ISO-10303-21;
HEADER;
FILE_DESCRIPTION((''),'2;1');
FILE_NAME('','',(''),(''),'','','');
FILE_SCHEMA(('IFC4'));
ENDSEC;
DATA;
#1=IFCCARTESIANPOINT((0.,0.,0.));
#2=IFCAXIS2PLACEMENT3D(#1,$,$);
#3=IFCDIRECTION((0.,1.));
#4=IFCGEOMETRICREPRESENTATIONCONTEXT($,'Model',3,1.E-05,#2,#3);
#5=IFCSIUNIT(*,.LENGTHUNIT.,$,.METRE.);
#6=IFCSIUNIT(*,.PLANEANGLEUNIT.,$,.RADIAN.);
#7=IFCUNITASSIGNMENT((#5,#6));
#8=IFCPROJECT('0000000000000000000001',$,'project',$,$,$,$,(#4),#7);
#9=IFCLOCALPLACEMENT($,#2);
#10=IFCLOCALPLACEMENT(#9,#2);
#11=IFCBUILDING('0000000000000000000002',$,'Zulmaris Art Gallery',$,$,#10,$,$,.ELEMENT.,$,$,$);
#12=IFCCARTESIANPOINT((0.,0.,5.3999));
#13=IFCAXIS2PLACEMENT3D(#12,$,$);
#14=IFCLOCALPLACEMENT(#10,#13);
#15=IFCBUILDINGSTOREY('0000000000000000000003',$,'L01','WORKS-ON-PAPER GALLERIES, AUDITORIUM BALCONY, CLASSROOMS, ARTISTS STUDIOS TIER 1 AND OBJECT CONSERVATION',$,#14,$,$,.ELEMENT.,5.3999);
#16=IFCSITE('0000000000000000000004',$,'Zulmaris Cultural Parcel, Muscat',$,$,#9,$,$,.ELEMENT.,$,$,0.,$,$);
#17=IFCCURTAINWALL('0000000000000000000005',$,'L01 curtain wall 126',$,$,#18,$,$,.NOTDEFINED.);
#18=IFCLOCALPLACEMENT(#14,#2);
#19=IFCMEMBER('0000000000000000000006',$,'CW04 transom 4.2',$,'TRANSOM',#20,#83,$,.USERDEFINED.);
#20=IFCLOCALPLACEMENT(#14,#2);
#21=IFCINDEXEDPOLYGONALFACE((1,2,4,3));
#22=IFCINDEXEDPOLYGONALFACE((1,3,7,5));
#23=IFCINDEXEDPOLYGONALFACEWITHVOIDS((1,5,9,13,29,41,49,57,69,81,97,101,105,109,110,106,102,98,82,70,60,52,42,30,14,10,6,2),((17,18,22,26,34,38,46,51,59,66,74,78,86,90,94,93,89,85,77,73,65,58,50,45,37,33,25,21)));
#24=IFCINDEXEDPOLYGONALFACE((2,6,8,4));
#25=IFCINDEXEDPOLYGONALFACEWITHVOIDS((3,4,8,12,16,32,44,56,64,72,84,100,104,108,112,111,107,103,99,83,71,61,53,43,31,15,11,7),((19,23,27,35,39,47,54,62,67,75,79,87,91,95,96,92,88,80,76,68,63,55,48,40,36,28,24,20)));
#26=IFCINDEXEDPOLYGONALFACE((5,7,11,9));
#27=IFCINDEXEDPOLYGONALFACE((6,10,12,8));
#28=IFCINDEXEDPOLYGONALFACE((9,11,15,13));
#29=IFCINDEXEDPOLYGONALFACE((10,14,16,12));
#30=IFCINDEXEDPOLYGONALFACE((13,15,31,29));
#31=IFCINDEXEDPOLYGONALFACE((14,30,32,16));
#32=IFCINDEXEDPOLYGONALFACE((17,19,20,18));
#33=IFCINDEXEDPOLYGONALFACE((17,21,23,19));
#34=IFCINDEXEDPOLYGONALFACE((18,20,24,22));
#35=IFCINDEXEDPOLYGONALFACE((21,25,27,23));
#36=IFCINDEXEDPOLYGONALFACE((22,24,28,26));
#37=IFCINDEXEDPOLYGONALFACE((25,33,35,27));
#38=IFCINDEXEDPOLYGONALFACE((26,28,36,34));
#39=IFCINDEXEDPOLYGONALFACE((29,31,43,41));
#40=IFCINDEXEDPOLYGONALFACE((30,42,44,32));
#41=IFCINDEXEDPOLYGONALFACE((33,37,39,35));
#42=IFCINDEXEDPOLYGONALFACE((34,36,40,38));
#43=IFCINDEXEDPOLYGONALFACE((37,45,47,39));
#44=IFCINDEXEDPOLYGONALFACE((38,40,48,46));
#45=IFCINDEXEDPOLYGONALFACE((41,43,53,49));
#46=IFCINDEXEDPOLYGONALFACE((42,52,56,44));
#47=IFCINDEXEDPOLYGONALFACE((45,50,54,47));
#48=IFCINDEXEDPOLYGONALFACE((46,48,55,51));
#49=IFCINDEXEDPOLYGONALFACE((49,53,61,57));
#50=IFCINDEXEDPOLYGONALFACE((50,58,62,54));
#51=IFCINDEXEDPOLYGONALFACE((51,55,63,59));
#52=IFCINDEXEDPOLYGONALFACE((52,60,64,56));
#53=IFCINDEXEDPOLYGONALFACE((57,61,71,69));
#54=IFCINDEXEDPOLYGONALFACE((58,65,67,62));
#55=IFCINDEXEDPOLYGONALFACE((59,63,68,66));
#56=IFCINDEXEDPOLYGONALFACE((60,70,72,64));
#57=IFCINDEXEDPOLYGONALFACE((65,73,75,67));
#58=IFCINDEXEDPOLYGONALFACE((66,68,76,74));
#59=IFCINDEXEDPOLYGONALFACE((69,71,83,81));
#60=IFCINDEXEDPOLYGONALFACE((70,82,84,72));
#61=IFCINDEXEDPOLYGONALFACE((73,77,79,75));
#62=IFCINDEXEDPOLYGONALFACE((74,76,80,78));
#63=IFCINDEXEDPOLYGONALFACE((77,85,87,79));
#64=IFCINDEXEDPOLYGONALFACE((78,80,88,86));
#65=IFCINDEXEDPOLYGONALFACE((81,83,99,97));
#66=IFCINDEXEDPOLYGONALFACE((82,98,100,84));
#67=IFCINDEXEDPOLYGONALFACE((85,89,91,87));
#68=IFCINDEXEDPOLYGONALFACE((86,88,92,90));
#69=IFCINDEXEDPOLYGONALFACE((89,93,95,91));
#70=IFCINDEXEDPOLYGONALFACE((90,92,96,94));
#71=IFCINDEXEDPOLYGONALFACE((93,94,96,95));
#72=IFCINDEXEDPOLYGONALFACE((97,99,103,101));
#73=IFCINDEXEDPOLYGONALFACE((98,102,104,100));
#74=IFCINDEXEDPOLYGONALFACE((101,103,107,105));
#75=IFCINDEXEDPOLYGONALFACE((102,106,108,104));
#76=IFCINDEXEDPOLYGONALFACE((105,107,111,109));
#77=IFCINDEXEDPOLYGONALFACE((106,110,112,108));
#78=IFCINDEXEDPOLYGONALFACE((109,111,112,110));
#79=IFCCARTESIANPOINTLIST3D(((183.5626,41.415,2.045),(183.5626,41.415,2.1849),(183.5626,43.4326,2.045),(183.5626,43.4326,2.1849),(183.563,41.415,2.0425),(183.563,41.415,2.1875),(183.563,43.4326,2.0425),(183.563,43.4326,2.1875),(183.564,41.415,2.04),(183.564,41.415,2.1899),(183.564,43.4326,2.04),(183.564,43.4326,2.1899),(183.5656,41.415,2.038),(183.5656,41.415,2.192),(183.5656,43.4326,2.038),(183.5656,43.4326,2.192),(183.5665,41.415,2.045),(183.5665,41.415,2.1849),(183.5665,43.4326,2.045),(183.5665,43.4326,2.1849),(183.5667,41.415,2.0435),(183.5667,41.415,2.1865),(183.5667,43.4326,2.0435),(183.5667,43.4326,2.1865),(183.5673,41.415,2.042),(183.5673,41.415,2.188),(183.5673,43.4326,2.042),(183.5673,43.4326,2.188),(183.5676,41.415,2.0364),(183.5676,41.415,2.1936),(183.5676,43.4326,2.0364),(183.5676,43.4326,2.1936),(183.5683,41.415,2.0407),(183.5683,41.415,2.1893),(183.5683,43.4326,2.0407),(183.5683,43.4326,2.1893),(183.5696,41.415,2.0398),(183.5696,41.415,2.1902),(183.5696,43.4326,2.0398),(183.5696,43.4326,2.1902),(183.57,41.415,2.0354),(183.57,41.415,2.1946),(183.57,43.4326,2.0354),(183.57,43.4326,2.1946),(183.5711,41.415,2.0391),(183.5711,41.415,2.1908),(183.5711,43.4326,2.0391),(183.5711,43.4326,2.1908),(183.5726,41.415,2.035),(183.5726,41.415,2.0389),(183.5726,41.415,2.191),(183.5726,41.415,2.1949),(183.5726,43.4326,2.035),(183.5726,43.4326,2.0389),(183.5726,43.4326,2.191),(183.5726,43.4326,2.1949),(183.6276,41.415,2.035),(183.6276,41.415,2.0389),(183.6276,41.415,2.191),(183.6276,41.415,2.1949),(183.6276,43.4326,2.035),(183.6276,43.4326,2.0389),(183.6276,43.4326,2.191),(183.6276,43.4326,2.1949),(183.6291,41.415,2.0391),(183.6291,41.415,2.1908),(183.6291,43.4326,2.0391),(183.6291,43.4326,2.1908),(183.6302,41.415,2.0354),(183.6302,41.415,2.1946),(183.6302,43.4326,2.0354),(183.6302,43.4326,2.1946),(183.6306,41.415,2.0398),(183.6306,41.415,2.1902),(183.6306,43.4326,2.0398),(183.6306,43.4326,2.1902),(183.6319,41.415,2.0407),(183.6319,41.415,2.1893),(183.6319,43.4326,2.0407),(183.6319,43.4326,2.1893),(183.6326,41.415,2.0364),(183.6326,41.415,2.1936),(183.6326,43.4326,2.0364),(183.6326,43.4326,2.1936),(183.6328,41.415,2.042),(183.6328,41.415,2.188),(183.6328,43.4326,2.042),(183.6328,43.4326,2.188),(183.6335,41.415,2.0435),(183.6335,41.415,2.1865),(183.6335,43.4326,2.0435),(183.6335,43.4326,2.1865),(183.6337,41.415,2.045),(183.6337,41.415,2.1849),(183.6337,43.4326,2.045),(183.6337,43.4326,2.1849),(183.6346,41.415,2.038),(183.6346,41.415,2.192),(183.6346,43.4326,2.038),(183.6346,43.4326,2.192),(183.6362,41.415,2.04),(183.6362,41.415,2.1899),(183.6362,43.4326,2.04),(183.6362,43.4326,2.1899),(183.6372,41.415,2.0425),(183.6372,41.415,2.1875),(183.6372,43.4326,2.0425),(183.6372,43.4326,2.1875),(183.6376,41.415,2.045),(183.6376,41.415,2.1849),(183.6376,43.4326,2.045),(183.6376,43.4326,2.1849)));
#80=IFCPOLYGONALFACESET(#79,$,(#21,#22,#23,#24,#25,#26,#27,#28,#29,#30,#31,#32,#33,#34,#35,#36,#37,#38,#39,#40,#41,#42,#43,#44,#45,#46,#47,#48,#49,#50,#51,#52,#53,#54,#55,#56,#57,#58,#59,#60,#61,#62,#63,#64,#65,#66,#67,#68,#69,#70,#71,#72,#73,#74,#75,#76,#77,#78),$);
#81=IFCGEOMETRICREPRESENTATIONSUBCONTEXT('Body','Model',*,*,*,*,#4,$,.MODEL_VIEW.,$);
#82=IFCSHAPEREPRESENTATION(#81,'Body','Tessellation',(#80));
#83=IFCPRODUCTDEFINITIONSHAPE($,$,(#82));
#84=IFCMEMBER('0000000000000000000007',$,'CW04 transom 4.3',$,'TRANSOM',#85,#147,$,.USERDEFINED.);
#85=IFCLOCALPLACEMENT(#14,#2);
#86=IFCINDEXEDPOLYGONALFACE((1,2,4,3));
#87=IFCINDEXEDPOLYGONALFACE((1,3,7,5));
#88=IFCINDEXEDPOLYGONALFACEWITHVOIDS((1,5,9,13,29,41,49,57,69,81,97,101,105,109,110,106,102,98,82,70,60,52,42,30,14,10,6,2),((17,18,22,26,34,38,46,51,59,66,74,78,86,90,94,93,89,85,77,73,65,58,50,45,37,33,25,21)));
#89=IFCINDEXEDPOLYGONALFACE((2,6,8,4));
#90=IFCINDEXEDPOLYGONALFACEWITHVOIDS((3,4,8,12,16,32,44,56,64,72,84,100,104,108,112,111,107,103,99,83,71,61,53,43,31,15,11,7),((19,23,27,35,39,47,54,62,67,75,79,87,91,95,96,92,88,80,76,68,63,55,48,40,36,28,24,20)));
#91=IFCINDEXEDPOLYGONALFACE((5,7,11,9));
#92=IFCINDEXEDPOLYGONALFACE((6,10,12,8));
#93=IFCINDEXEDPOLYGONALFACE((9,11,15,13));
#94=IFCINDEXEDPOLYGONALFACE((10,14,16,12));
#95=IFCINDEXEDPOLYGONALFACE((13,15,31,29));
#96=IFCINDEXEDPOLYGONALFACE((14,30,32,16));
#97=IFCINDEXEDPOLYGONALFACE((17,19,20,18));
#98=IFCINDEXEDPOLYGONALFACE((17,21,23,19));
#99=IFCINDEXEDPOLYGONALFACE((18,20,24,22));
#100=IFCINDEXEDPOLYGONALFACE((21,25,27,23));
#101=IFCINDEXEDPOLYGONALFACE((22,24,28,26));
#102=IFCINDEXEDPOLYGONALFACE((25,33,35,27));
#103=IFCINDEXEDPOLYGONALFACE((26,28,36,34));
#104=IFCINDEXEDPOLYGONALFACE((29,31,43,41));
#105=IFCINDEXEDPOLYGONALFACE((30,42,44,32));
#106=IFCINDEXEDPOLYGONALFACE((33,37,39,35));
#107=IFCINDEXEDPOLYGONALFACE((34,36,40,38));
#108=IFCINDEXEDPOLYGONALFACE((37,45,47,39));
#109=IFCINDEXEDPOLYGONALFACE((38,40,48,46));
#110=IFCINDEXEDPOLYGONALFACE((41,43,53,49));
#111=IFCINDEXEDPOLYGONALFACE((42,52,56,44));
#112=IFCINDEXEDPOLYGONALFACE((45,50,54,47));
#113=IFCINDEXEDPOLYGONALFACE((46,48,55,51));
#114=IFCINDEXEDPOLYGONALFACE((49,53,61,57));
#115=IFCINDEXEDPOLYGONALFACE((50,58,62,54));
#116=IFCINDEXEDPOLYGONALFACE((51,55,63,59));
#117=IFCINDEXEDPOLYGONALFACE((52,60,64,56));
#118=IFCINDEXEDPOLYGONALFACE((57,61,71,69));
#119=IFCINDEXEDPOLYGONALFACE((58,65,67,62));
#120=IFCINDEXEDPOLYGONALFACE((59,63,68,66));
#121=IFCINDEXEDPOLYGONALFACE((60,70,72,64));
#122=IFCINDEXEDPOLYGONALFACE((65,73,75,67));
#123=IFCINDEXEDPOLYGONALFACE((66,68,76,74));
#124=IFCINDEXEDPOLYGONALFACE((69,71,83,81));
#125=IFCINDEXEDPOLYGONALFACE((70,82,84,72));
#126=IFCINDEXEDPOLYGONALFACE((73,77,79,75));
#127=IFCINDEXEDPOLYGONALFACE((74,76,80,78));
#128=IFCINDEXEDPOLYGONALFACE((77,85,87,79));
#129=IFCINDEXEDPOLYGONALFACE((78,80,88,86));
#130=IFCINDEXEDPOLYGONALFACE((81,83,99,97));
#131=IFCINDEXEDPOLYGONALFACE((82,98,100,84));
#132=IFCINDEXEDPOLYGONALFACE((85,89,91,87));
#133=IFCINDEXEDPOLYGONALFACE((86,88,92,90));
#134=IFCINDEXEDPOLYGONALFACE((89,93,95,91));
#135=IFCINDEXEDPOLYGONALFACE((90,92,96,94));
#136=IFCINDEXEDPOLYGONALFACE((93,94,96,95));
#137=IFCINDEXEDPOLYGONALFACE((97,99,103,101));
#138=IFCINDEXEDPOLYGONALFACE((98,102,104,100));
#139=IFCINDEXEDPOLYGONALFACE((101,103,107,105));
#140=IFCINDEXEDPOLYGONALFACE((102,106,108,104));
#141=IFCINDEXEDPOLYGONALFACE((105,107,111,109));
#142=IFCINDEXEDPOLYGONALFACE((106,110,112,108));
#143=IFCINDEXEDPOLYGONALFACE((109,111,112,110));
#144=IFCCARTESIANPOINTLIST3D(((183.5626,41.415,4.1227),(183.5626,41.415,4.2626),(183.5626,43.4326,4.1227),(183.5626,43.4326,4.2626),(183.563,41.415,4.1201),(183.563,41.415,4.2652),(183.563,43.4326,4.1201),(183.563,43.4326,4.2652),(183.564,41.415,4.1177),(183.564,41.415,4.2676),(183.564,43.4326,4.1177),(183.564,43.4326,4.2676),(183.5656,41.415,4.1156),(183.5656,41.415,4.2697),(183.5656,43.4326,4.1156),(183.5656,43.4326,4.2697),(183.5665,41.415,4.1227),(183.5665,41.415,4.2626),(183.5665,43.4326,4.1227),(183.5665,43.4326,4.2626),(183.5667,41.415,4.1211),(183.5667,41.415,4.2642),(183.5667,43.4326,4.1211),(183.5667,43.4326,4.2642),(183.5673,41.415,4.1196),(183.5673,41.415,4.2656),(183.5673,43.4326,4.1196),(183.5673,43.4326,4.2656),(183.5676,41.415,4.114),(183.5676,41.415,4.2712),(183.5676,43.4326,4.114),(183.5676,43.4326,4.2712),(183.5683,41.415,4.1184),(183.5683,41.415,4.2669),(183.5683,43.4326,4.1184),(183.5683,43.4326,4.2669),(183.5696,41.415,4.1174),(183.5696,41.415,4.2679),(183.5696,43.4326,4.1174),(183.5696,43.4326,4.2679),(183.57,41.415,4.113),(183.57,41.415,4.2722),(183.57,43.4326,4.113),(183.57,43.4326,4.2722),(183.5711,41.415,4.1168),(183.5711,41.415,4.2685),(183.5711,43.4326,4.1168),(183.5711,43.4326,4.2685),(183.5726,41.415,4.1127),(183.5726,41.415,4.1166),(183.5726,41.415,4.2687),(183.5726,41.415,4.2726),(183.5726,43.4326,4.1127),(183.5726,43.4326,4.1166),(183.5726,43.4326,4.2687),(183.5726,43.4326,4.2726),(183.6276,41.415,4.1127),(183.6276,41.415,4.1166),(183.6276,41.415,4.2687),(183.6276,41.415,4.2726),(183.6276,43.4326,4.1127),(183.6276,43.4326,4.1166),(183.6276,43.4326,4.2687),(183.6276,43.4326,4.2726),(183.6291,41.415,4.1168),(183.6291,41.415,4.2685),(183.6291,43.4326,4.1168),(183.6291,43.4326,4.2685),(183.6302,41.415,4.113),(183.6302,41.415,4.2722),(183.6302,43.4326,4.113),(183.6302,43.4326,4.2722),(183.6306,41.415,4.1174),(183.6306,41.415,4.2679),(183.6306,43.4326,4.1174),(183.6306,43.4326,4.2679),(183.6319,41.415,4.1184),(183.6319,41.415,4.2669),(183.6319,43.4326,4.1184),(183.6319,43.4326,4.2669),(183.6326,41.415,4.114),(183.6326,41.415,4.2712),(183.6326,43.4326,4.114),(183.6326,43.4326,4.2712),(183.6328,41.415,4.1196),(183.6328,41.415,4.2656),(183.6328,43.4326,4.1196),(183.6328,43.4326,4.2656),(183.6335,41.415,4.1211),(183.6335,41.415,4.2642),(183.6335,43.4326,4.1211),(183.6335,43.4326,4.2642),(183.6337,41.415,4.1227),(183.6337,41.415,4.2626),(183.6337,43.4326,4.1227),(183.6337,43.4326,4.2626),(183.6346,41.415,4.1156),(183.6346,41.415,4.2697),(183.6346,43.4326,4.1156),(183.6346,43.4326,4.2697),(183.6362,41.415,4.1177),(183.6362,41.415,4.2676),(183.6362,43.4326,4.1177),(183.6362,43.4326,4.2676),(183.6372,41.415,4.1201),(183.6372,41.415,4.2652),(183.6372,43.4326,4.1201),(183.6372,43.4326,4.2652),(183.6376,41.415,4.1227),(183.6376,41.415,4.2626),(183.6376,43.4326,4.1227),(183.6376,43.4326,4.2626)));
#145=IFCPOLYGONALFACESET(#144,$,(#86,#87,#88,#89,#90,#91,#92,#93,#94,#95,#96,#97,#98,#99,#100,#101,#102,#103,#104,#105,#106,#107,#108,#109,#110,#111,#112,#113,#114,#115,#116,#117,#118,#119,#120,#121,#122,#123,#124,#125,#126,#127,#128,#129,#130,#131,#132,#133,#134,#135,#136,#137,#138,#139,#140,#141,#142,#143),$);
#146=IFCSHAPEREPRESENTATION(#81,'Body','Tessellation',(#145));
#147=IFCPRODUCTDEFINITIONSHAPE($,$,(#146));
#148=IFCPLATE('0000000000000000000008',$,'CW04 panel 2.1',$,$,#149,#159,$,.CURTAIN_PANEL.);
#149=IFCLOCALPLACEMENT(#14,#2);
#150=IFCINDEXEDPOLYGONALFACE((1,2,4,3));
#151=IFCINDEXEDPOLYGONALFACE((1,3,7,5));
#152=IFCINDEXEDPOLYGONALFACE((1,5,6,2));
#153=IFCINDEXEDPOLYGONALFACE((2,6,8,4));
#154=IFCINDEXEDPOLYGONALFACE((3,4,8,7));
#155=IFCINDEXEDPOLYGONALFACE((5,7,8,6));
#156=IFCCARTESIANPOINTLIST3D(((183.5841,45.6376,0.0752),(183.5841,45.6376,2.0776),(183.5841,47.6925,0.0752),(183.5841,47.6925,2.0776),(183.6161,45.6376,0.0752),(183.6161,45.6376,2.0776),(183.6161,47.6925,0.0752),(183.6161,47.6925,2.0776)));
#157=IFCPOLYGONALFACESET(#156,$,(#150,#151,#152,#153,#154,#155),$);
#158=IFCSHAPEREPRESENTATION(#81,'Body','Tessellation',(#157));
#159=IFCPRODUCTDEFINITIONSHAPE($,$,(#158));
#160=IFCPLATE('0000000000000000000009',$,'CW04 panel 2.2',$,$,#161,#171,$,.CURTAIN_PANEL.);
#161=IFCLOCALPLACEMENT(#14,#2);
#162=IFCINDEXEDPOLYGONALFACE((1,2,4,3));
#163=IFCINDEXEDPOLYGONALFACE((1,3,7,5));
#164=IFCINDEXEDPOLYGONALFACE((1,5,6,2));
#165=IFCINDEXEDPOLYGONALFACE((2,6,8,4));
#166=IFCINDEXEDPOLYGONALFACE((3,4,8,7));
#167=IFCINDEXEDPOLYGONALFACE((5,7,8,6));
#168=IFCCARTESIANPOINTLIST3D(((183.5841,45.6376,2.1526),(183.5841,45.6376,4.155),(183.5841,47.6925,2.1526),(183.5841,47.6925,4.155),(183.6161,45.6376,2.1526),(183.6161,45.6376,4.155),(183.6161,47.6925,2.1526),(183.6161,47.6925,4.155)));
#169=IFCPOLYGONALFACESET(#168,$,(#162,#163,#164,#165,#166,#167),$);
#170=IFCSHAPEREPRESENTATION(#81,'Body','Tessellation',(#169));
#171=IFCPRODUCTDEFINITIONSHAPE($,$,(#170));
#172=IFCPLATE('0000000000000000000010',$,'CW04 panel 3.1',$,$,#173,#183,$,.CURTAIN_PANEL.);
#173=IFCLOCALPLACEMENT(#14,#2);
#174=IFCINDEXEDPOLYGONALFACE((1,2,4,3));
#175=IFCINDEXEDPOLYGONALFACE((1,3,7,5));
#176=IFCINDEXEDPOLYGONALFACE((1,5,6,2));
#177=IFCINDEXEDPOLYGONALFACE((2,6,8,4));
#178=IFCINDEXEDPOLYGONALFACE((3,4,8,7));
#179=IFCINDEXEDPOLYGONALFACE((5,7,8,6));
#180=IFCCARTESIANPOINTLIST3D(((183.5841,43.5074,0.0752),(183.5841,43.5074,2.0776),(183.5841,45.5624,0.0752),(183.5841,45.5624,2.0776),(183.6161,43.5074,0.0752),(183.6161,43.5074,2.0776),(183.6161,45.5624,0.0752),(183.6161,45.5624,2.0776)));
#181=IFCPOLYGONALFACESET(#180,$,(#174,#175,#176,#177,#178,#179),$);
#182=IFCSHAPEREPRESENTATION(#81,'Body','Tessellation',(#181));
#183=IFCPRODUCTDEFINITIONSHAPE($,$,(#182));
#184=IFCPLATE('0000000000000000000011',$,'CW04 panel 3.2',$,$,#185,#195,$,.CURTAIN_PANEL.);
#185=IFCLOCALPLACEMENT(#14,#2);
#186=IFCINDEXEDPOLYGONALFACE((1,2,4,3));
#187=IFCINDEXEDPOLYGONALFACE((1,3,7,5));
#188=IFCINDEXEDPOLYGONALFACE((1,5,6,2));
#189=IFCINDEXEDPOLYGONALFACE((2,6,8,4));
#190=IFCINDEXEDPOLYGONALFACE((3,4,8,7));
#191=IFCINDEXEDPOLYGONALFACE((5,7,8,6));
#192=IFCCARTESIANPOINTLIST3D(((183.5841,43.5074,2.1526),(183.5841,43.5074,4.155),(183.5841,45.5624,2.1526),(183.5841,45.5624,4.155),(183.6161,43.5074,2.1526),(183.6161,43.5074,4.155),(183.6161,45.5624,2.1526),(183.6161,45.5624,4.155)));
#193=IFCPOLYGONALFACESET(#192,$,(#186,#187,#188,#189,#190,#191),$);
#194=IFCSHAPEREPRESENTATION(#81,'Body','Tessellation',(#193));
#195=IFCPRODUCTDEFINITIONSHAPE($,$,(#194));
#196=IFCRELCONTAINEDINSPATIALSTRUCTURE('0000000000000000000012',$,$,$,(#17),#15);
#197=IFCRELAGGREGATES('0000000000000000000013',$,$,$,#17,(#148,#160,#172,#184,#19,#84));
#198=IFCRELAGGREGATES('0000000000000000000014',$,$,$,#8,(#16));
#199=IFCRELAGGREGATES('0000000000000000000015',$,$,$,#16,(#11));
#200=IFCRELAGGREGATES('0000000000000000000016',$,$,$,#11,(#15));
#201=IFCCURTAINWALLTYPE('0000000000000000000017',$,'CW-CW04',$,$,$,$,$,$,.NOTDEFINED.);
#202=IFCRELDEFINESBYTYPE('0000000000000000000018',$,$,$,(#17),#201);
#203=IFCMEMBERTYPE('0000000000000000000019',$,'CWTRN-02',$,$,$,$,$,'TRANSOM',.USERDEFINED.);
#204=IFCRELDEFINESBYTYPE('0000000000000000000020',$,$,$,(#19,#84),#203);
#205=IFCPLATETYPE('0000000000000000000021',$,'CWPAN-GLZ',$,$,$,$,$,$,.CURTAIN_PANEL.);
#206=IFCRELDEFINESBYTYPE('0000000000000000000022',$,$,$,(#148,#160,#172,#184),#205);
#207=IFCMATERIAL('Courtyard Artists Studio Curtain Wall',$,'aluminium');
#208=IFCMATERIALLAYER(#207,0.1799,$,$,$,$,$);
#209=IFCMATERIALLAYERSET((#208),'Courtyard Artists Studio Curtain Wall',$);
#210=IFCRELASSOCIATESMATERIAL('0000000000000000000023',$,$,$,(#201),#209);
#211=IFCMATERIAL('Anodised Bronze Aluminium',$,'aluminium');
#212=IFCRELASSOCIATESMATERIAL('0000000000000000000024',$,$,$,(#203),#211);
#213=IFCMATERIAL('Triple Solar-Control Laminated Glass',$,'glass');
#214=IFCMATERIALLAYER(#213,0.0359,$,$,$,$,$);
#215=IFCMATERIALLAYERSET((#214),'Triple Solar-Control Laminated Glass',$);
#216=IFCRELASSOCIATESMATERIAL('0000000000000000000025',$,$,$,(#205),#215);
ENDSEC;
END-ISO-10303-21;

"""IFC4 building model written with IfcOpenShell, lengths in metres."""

from ifc_helpers import new_model, si_unit, direction, frame, origin, origin_2d, place, context, subcontext, project, spatial, rectangle, hollow_rectangle, extrude, material, layer, layer_set, material_profile, profile_set, type_object, element, aggregate, save


model = new_model("IFC4")

# Units and contexts
model_context = context("Model", 3, precision=1e-05, world=origin(), true_north=direction((0.0, 1.0)))
body_context = subcontext(model_context, "Body", "Model", "MODEL_VIEW")
ifc_project = project(units=[si_unit("LENGTHUNIT", "METRE"), si_unit("PLANEANGLEUNIT", "RADIAN")], contexts=[model_context])

# Site, building, storey
site_placement = place(None, origin())
site = spatial("IfcSite", under=ifc_project, at=site_placement, Name="Zulmaris Cultural Parcel, Muscat", CompositionType="ELEMENT", RefElevation=0.0)
building_placement = place(site_placement, origin())
building = spatial("IfcBuilding", under=site, at=building_placement, Name="Zulmaris Art Gallery", CompositionType="ELEMENT")
storey_placement = place(building_placement, frame((0.0, 0.0, 5.3999)))
storey = spatial("IfcBuildingStorey", under=building, at=storey_placement, Name="L01", Description="WORKS-ON-PAPER GALLERIES, AUDITORIUM BALCONY, CLASSROOMS, ARTISTS STUDIOS TIER 1 AND OBJECT CONSERVATION", CompositionType="ELEMENT", Elevation=5.3999)

# Curtain wall, members, plates
ifc_material_1 = material(Name="Courtyard Artists Studio Curtain Wall", Category="aluminium")
ifc_layer_1 = layer(ifc_material_1, 0.1799)
ifc_layer_set_1 = layer_set([ifc_layer_1], Name="Courtyard Artists Studio Curtain Wall")
curtain_wall_type = type_object("IfcCurtainWallType", Name="CW-CW04", PredefinedType="NOTDEFINED", material=ifc_layer_set_1)
curtain_wall_placement = place(storey_placement, origin())
curtain_wall = element("IfcCurtainWall", 1, at=curtain_wall_placement, inside=storey, type_object=curtain_wall_type, Name="L01 curtain wall 126", PredefinedType="NOTDEFINED")
ifc_material_2 = material(Name="Anodised Bronze Aluminium", Category="aluminium")
ifc_material_profile_1 = material_profile(ifc_material_2, hollow_rectangle(XDim=0.075, YDim=0.1599, WallThickness=0.0039, InnerFilletRadius=0.0061, OuterFilletRadius=0.01, at=origin_2d()), Name="ALU 75x160x4")
ifc_profile_set_1 = profile_set([ifc_material_profile_1], Name="Anodised Bronze Aluminium")
member_type_1 = type_object("IfcMemberType", Name="CWTRN-02", ElementType="TRANSOM", PredefinedType="USERDEFINED", material=ifc_profile_set_1)
member_1_placement = place(storey_placement, frame((183.6001, 43.4326, 2.115), z_axis=(0.0, -1.0, 0.0), x_axis=(1.0, 0.0, 0.0)))
member_1 = element("IfcMember", 2, at=member_1_placement, type_object=member_type_1, Name="CW04 transom 4.2", ObjectType="TRANSOM", PredefinedType="USERDEFINED", context=body_context, shape_type="SweptSolid", body=[
    extrude(hollow_rectangle(XDim=0.075, YDim=0.1599, WallThickness=0.0039, InnerFilletRadius=0.0061, OuterFilletRadius=0.01, at=origin_2d()), origin(), (0.0, 0.0, 1.0), 2.0176),
])
member_2_placement = place(storey_placement, frame((183.6001, 43.4326, 4.1926), z_axis=(0.0, -1.0, 0.0), x_axis=(1.0, 0.0, 0.0)))
member_2 = element("IfcMember", 3, at=member_2_placement, type_object=member_type_1, Name="CW04 transom 4.3", ObjectType="TRANSOM", PredefinedType="USERDEFINED", context=body_context, shape_type="SweptSolid", body=[
    extrude(hollow_rectangle(XDim=0.075, YDim=0.1599, WallThickness=0.0039, InnerFilletRadius=0.0061, OuterFilletRadius=0.01, at=origin_2d()), origin(), (0.0, 0.0, 1.0), 2.0176),
])
ifc_material_3 = material(Name="Triple Solar-Control Laminated Glass", Category="glass")
ifc_layer_2 = layer(ifc_material_3, 0.0359)
ifc_layer_set_2 = layer_set([ifc_layer_2], Name="Triple Solar-Control Laminated Glass")
plate_type = type_object("IfcPlateType", Name="CWPAN-GLZ", PredefinedType="CURTAIN_PANEL", material=ifc_layer_set_2)
plate_1_placement = place(storey_placement, frame((183.6001, 46.665, 0.0752), z_axis=(0.0, 0.0, 1.0), x_axis=(0.0, -1.0, 0.0)))
plate_1 = element("IfcPlate", 4, at=plate_1_placement, type_object=plate_type, Name="CW04 panel 2.1", PredefinedType="CURTAIN_PANEL", context=body_context, shape_type="SweptSolid", body=[
    extrude(rectangle(XDim=2.0549, YDim=0.032, at=origin_2d()), origin(), (0.0, 0.0, 1.0), 2.0024),
])
plate_2_placement = place(storey_placement, frame((183.6001, 46.665, 2.1526), z_axis=(0.0, 0.0, 1.0), x_axis=(0.0, -1.0, 0.0)))
plate_2 = element("IfcPlate", 5, at=plate_2_placement, type_object=plate_type, Name="CW04 panel 2.2", PredefinedType="CURTAIN_PANEL", context=body_context, shape_type="SweptSolid", body=[
    extrude(rectangle(XDim=2.0549, YDim=0.032, at=origin_2d()), origin(), (0.0, 0.0, 1.0), 2.0024),
])
plate_3_placement = place(storey_placement, frame((183.6001, 44.5349, 0.0752), z_axis=(0.0, 0.0, 1.0), x_axis=(0.0, -1.0, 0.0)))
plate_3 = element("IfcPlate", 6, at=plate_3_placement, type_object=plate_type, Name="CW04 panel 3.1", PredefinedType="CURTAIN_PANEL", context=body_context, shape_type="SweptSolid", body=[
    extrude(rectangle(XDim=2.0549, YDim=0.032, at=origin_2d()), origin(), (0.0, 0.0, 1.0), 2.0024),
])
plate_4_placement = place(storey_placement, frame((183.6001, 44.5349, 2.1526), z_axis=(0.0, 0.0, 1.0), x_axis=(0.0, -1.0, 0.0)))
plate_4 = element("IfcPlate", 7, at=plate_4_placement, type_object=plate_type, Name="CW04 panel 3.2", PredefinedType="CURTAIN_PANEL", context=body_context, shape_type="SweptSolid", body=[
    extrude(rectangle(XDim=2.0549, YDim=0.032, at=origin_2d()), origin(), (0.0, 0.0, 1.0), 2.0024),
])
aggregate(curtain_wall, [plate_1, plate_2, plate_3, plate_4, member_1, member_2])

save(model, "model.ifc")
